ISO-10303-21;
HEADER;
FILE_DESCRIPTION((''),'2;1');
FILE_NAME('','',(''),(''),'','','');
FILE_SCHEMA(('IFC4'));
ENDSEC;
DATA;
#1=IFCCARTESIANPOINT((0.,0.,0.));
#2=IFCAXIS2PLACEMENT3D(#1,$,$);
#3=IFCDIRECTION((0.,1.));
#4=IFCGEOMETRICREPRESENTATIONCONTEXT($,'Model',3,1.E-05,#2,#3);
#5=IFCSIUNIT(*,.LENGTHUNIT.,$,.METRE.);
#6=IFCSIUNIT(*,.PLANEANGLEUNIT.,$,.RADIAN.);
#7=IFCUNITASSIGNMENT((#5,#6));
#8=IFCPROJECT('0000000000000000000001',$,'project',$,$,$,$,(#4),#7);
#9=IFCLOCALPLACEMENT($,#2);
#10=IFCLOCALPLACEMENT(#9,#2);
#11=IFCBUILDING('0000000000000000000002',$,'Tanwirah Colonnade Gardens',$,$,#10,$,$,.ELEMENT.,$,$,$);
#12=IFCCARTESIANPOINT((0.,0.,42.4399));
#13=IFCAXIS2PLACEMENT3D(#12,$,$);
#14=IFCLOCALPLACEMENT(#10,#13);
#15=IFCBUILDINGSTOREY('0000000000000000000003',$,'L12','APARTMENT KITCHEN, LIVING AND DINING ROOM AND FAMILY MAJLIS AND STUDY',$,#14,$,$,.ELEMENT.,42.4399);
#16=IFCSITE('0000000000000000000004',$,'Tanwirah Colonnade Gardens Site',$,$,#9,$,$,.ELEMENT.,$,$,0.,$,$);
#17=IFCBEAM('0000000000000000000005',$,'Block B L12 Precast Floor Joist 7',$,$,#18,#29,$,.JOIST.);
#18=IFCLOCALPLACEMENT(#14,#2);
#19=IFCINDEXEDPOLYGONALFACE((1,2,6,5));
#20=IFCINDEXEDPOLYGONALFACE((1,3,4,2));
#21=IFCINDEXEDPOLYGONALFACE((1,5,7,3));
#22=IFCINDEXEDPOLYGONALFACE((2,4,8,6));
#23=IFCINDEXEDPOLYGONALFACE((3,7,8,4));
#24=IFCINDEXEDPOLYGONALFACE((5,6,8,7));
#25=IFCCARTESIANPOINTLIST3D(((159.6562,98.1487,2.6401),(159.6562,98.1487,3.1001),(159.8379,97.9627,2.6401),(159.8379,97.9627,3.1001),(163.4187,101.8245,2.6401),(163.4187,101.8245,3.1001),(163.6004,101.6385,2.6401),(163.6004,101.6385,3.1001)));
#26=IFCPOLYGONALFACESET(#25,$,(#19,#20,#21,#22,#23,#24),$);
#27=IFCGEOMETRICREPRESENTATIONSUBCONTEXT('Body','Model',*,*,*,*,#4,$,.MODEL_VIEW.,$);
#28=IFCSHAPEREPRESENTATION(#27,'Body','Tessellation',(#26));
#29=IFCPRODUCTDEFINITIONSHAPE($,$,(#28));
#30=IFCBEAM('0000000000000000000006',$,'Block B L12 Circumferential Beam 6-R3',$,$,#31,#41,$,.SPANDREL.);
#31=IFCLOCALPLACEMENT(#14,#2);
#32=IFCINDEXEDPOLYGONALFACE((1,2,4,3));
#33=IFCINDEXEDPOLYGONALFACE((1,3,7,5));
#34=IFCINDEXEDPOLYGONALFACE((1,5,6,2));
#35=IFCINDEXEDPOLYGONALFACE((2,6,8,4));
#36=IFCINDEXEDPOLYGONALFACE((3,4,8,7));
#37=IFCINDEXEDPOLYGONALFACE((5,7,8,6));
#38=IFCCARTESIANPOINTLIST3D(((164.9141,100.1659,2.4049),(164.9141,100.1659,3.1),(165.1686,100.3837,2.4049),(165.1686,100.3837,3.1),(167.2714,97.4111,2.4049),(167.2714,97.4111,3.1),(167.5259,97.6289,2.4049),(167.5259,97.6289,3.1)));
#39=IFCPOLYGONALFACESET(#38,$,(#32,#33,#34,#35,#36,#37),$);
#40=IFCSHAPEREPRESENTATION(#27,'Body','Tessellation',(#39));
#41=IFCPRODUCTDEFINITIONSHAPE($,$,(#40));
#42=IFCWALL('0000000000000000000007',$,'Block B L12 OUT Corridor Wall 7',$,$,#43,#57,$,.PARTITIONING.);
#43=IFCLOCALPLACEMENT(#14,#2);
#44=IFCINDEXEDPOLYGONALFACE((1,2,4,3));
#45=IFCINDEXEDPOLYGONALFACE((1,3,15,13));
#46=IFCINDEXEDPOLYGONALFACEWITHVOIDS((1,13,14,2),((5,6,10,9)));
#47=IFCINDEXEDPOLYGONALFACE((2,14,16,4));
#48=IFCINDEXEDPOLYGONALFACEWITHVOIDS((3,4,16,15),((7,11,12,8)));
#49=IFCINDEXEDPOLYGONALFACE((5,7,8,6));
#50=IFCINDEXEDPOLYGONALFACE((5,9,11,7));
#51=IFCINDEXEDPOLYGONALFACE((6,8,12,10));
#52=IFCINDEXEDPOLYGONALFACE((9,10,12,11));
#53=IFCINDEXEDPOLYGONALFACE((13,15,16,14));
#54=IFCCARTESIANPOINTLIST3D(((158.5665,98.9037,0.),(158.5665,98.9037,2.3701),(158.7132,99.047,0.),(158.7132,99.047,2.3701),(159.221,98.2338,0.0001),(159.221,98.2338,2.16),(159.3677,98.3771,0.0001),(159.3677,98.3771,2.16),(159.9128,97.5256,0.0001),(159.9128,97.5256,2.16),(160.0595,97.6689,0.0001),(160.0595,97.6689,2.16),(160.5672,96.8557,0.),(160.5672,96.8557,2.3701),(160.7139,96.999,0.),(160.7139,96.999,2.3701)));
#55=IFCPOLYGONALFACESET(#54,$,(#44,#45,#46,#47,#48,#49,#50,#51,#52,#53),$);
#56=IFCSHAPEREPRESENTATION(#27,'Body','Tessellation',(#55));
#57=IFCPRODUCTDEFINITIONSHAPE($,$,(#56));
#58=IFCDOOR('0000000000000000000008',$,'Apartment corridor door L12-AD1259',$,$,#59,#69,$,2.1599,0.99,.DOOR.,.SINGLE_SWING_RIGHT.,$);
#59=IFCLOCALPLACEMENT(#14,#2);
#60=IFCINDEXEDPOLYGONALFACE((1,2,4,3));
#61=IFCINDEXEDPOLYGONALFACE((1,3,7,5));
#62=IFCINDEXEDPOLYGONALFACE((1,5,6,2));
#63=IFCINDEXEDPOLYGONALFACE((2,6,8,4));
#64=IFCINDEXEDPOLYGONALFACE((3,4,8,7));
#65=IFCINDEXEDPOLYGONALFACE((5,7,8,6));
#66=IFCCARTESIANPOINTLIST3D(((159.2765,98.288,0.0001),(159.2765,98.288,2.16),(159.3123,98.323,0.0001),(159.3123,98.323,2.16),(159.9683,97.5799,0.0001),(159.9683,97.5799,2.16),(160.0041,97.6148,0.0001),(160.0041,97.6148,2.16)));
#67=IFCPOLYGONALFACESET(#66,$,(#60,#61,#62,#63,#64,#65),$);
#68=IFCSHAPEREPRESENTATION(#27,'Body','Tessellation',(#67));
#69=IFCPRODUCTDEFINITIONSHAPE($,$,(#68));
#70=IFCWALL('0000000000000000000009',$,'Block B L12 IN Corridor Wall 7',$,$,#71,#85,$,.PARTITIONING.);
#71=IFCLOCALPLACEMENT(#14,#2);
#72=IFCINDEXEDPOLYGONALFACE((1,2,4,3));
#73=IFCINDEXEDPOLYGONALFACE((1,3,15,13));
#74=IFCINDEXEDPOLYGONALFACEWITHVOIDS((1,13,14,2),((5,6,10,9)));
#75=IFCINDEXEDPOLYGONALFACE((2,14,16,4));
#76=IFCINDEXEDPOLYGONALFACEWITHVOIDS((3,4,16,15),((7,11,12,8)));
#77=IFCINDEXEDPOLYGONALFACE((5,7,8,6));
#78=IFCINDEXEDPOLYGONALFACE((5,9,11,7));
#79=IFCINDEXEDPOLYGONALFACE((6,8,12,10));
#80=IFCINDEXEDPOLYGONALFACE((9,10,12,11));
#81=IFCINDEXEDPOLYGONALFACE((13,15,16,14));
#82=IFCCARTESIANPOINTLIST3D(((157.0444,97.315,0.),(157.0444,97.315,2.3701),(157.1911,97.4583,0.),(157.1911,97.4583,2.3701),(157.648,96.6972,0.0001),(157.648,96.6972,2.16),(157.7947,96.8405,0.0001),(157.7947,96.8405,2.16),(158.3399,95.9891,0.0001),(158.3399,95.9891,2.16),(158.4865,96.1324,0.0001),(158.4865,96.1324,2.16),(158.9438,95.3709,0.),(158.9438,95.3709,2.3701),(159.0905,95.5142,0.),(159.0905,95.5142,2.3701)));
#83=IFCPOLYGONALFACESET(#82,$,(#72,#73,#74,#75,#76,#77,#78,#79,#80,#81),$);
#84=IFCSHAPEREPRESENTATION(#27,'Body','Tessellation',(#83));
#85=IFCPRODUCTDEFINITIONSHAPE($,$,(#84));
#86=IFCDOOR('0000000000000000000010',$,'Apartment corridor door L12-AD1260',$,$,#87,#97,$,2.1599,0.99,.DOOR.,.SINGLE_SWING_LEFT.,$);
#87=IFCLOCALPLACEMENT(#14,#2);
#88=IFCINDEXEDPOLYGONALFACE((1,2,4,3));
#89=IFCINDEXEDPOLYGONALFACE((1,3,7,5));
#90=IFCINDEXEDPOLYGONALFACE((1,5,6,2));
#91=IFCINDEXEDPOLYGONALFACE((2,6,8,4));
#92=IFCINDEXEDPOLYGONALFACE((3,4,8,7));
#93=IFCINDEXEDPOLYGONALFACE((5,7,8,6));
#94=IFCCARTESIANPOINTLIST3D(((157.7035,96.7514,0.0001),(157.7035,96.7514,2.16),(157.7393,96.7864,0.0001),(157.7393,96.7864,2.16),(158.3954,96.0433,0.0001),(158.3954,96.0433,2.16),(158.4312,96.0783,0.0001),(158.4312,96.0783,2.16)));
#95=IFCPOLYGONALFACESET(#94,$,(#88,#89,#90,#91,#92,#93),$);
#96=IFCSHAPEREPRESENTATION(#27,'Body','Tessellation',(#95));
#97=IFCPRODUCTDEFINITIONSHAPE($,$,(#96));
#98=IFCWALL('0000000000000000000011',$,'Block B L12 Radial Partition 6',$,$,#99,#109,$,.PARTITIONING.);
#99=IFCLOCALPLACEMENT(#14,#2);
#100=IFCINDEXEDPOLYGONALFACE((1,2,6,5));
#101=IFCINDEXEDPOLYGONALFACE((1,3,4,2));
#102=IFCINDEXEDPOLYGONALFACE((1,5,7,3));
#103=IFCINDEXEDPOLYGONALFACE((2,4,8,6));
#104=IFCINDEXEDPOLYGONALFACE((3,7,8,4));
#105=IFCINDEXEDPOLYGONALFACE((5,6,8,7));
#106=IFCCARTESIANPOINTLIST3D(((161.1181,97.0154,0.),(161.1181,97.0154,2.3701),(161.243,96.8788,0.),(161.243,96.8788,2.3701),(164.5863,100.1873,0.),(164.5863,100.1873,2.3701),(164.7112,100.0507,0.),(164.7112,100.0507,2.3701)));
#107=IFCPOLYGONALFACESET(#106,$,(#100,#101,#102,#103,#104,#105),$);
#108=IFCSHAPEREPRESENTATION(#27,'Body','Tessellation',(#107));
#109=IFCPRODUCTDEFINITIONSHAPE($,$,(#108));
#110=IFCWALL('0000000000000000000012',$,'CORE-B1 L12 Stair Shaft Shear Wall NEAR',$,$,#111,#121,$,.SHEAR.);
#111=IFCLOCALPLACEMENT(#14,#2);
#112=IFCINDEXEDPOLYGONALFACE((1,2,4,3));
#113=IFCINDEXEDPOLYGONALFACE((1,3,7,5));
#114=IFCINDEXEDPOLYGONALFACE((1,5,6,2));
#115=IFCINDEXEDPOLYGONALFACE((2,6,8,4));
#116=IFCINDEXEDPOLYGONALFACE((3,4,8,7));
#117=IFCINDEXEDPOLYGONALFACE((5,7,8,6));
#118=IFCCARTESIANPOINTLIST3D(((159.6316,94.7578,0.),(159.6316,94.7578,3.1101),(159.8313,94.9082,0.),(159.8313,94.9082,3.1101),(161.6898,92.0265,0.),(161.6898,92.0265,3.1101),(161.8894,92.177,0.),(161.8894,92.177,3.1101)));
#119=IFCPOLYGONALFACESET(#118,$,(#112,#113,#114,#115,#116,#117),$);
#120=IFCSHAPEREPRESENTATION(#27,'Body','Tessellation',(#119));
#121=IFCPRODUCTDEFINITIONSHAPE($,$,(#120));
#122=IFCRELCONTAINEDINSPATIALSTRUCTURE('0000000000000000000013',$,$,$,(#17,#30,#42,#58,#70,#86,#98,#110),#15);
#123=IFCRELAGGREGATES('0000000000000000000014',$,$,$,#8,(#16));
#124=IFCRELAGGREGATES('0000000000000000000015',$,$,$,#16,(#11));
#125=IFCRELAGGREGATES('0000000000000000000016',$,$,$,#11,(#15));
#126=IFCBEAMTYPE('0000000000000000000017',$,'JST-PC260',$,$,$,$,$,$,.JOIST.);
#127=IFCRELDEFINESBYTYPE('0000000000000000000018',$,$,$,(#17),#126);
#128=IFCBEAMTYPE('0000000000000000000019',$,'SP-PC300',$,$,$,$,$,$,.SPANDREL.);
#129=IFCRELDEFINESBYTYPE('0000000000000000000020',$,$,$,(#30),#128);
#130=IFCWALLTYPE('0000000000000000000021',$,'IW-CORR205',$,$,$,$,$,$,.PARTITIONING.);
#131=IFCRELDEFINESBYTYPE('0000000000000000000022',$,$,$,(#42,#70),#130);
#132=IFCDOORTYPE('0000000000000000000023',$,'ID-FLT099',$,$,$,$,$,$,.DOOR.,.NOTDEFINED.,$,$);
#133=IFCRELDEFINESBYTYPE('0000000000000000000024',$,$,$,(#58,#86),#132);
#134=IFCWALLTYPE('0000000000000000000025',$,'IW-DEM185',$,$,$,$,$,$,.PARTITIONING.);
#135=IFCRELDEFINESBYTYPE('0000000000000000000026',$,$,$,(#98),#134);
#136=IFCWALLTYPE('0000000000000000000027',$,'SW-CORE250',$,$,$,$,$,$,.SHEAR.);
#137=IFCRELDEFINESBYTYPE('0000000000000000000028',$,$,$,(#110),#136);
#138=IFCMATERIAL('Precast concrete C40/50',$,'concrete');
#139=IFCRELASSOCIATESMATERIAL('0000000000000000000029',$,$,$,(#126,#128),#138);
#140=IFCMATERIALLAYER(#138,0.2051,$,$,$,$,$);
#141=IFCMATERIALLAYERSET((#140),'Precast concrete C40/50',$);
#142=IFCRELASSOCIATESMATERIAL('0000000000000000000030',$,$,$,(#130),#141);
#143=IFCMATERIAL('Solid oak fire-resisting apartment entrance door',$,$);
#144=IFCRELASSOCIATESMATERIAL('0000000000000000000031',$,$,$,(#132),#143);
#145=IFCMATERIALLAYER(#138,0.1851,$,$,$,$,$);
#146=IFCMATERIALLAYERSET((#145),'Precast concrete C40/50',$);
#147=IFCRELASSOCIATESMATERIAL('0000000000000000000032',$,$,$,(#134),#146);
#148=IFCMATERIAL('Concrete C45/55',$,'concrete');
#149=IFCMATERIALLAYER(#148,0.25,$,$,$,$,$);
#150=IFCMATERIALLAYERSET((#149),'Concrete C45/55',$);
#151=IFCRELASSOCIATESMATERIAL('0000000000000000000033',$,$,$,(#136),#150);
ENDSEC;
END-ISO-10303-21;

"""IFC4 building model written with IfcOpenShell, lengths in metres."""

from ifc_helpers import new_model, si_unit, direction, frame, frame_2d, origin, origin_2d, place, context, subcontext, project, spatial, rectangle, extrude, material, layer, layer_set, material_profile, profile_set, type_object, element, fill, save


model = new_model("IFC4")

# Units and contexts
model_context = context("Model", 3, precision=1e-05, world=origin(), true_north=direction((0.0, 1.0)))
body_context = subcontext(model_context, "Body", "Model", "MODEL_VIEW")
ifc_project = project(units=[si_unit("LENGTHUNIT", "METRE"), si_unit("PLANEANGLEUNIT", "RADIAN")], contexts=[model_context])

# Site, building, storey
site_placement = place(None, origin())
site = spatial("IfcSite", under=ifc_project, at=site_placement, Name="Tanwirah Colonnade Gardens Site", CompositionType="ELEMENT", RefElevation=0.0)
building_placement = place(site_placement, origin())
building = spatial("IfcBuilding", under=site, at=building_placement, Name="Tanwirah Colonnade Gardens", CompositionType="ELEMENT")
storey_placement = place(building_placement, frame((0.0, 0.0, 42.4399)))
storey = spatial("IfcBuildingStorey", under=building, at=storey_placement, Name="L12", Description="APARTMENT KITCHEN, LIVING AND DINING ROOM AND FAMILY MAJLIS AND STUDY", CompositionType="ELEMENT", Elevation=42.4399)

# Shared definitions
ifc_material_1 = material(Name="Precast concrete C40/50", Category="concrete")

# Beams
ifc_material_profile_1 = material_profile(ifc_material_1, rectangle(XDim=0.26, YDim=0.46, at=origin_2d()), Name="PC-JST 260x460")
ifc_profile_set_1 = profile_set([ifc_material_profile_1], Name="Precast concrete C40/50")
beam_type_1 = type_object("IfcBeamType", Name="JST-PC260", PredefinedType="JOIST", material=ifc_profile_set_1)
beam_1_placement = place(storey_placement, frame((159.7471, 98.0557, 2.8701), z_axis=(0.715297, 0.69882, 0.0), x_axis=(-0.69882, 0.715297, 0.0)))
element("IfcBeam", 1, at=beam_1_placement, inside=storey, type_object=beam_type_1, Name="Block B L12 Precast Floor Joist 7", PredefinedType="JOIST", context=body_context, shape_type="SweptSolid", body=[
    extrude(rectangle(XDim=0.26, YDim=0.46, at=origin_2d()), origin(), (0.0, 0.0, 1.0), 5.26),
])
ifc_material_profile_2 = material_profile(ifc_material_1, rectangle(XDim=0.335, YDim=0.6951, at=origin_2d()), Name="PC-SP 335x695")
ifc_profile_set_2 = profile_set([ifc_material_profile_2], Name="Precast concrete C40/50")
beam_type_2 = type_object("IfcBeamType", Name="SP-PC300", PredefinedType="SPANDREL", material=ifc_profile_set_2)
beam_2_placement = place(storey_placement, frame((167.3987, 97.52, 2.7524), z_axis=(-0.65017, 0.759789, 0.0), x_axis=(-0.759789, -0.65017, 0.0)))
element("IfcBeam", 2, at=beam_2_placement, inside=storey, type_object=beam_type_2, Name="Block B L12 Circumferential Beam 6-R3", PredefinedType="SPANDREL", context=body_context, shape_type="SweptSolid", body=[
    extrude(rectangle(XDim=0.335, YDim=0.6951, at=origin_2d()), origin(), (0.0, 0.0, 1.0), 3.6257),
])

# Walls, openings, doors
ifc_layer_1 = layer(ifc_material_1, 0.2051)
ifc_layer_set_1 = layer_set([ifc_layer_1], Name="Precast concrete C40/50")
wall_type_1 = type_object("IfcWallType", Name="IW-CORR205", PredefinedType="PARTITIONING", material=ifc_layer_set_1)
wall_1_placement = place(storey_placement, frame((160.6406, 96.9272, 0.0), z_axis=(0.0, 0.0, 1.0), x_axis=(-0.698787, 0.71533, 0.0)))
wall_1 = element("IfcWall", 3, at=wall_1_placement, inside=storey, type_object=wall_type_1, Name="Block B L12 OUT Corridor Wall 7", PredefinedType="PARTITIONING", context=body_context, shape_type="SweptSolid", body=[
    extrude(rectangle(XDim=2.863, YDim=0.2051, at=frame_2d((1.4316, 0.0))), origin(), (0.0, 0.0, 1.0), 2.3701),
])
opening_1_placement = place(wall_1_placement, frame((0.9365, 0.0, 0.0)))
opening_1 = element("IfcOpeningElement", 4, at=opening_1_placement, cuts=wall_1, PredefinedType="OPENING", context=body_context, shape_type="SweptSolid", body=[
    extrude(rectangle(XDim=0.99, YDim=2.1599, at=frame_2d((0.4951, 1.0801))), frame((0.0, 0.1125, 0.0), z_axis=(0.0, -1.0, 0.0), x_axis=(1.0, 0.0, 0.0)), (0.0, 0.0, 1.0), 0.2251),
])
ifc_material_2 = material(Name="Solid oak fire-resisting apartment entrance door")
door_type = type_object("IfcDoorType", Name="ID-FLT099", OperationType="NOTDEFINED", PredefinedType="DOOR", material=ifc_material_2)
door_1_placement = place(opening_1_placement, origin())
door_1 = element("IfcDoor", 5, at=door_1_placement, inside=storey, type_object=door_type, Name="Apartment corridor door L12-AD1259", OperationType="SINGLE_SWING_RIGHT", OverallHeight=2.1599, OverallWidth=0.99, PredefinedType="DOOR", context=body_context, shape_type="SweptSolid", body=[
    extrude(rectangle(XDim=0.99, YDim=2.1599, at=frame_2d((0.4951, 1.0801))), frame((0.0, 0.0249, 0.0), z_axis=(0.0, -1.0, 0.0), x_axis=(1.0, 0.0, 0.0)), (0.0, 0.0, 1.0), 0.05),
])
fill(opening_1, door_1)
wall_2_placement = place(storey_placement, frame((159.0171, 95.4426, 0.0), z_axis=(0.0, 0.0, 1.0), x_axis=(-0.69884, 0.715278, 0.0)))
wall_2 = element("IfcWall", 6, at=wall_2_placement, inside=storey, type_object=wall_type_1, Name="Block B L12 IN Corridor Wall 7", PredefinedType="PARTITIONING", context=body_context, shape_type="SweptSolid", body=[
    extrude(rectangle(XDim=2.718, YDim=0.2051, at=frame_2d((1.3589, 0.0))), origin(), (0.0, 0.0, 1.0), 2.3701),
])
opening_2_placement = place(wall_2_placement, frame((0.864, 0.0, 0.0)))
opening_2 = element("IfcOpeningElement", 7, at=opening_2_placement, cuts=wall_2, PredefinedType="OPENING", context=body_context, shape_type="SweptSolid", body=[
    extrude(rectangle(XDim=0.99, YDim=2.1599, at=frame_2d((0.4951, 1.0801))), frame((0.0, 0.1125, 0.0), z_axis=(0.0, -1.0, 0.0), x_axis=(1.0, 0.0, 0.0)), (0.0, 0.0, 1.0), 0.2251),
])
door_2_placement = place(opening_2_placement, origin())
door_2 = element("IfcDoor", 8, at=door_2_placement, inside=storey, type_object=door_type, Name="Apartment corridor door L12-AD1260", OperationType="SINGLE_SWING_LEFT", OverallHeight=2.1599, OverallWidth=0.99, PredefinedType="DOOR", context=body_context, shape_type="SweptSolid", body=[
    extrude(rectangle(XDim=0.99, YDim=2.1599, at=frame_2d((0.4951, 1.0801))), frame((0.0, 0.0249, 0.0), z_axis=(0.0, -1.0, 0.0), x_axis=(1.0, 0.0, 0.0)), (0.0, 0.0, 1.0), 0.05),
])
fill(opening_2, door_2)

# Walls
ifc_layer_2 = layer(ifc_material_1, 0.1851)
ifc_layer_set_2 = layer_set([ifc_layer_2], Name="Precast concrete C40/50")
wall_type_2 = type_object("IfcWallType", Name="IW-DEM185", PredefinedType="PARTITIONING", material=ifc_layer_set_2)
wall_3_placement = place(storey_placement, frame((161.1804, 96.947, 0.0), z_axis=(0.0, 0.0, 1.0), x_axis=(0.737934, 0.674873, 0.0)))
element("IfcWall", 9, at=wall_3_placement, inside=storey, type_object=wall_type_2, Name="Block B L12 Radial Partition 6", PredefinedType="PARTITIONING", context=body_context, shape_type="SweptSolid", body=[
    extrude(rectangle(XDim=4.7, YDim=0.1851, at=frame_2d((2.3501, 0.0))), origin(), (0.0, 0.0, 1.0), 2.3701),
])
ifc_material_3 = material(Name="Concrete C45/55", Category="concrete")
ifc_layer_3 = layer(ifc_material_3, 0.25)
ifc_layer_set_3 = layer_set([ifc_layer_3], Name="Concrete C45/55")
wall_type_3 = type_object("IfcWallType", Name="SW-CORE250", PredefinedType="SHEAR", material=ifc_layer_set_3)
wall_4_placement = place(storey_placement, frame((159.7314, 94.833, 0.0), z_axis=(0.0, 0.0, 1.0), x_axis=(0.601815, -0.798636, 0.0)))
element("IfcWall", 10, at=wall_4_placement, inside=storey, type_object=wall_type_3, Name="CORE-B1 L12 Stair Shaft Shear Wall NEAR", PredefinedType="SHEAR", context=body_context, shape_type="SweptSolid", body=[
    extrude(rectangle(XDim=3.4199, YDim=0.25, at=frame_2d((1.71, 0.0))), origin(), (0.0, 0.0, 1.0), 3.1101),
])

save(model, "model.ifc")
